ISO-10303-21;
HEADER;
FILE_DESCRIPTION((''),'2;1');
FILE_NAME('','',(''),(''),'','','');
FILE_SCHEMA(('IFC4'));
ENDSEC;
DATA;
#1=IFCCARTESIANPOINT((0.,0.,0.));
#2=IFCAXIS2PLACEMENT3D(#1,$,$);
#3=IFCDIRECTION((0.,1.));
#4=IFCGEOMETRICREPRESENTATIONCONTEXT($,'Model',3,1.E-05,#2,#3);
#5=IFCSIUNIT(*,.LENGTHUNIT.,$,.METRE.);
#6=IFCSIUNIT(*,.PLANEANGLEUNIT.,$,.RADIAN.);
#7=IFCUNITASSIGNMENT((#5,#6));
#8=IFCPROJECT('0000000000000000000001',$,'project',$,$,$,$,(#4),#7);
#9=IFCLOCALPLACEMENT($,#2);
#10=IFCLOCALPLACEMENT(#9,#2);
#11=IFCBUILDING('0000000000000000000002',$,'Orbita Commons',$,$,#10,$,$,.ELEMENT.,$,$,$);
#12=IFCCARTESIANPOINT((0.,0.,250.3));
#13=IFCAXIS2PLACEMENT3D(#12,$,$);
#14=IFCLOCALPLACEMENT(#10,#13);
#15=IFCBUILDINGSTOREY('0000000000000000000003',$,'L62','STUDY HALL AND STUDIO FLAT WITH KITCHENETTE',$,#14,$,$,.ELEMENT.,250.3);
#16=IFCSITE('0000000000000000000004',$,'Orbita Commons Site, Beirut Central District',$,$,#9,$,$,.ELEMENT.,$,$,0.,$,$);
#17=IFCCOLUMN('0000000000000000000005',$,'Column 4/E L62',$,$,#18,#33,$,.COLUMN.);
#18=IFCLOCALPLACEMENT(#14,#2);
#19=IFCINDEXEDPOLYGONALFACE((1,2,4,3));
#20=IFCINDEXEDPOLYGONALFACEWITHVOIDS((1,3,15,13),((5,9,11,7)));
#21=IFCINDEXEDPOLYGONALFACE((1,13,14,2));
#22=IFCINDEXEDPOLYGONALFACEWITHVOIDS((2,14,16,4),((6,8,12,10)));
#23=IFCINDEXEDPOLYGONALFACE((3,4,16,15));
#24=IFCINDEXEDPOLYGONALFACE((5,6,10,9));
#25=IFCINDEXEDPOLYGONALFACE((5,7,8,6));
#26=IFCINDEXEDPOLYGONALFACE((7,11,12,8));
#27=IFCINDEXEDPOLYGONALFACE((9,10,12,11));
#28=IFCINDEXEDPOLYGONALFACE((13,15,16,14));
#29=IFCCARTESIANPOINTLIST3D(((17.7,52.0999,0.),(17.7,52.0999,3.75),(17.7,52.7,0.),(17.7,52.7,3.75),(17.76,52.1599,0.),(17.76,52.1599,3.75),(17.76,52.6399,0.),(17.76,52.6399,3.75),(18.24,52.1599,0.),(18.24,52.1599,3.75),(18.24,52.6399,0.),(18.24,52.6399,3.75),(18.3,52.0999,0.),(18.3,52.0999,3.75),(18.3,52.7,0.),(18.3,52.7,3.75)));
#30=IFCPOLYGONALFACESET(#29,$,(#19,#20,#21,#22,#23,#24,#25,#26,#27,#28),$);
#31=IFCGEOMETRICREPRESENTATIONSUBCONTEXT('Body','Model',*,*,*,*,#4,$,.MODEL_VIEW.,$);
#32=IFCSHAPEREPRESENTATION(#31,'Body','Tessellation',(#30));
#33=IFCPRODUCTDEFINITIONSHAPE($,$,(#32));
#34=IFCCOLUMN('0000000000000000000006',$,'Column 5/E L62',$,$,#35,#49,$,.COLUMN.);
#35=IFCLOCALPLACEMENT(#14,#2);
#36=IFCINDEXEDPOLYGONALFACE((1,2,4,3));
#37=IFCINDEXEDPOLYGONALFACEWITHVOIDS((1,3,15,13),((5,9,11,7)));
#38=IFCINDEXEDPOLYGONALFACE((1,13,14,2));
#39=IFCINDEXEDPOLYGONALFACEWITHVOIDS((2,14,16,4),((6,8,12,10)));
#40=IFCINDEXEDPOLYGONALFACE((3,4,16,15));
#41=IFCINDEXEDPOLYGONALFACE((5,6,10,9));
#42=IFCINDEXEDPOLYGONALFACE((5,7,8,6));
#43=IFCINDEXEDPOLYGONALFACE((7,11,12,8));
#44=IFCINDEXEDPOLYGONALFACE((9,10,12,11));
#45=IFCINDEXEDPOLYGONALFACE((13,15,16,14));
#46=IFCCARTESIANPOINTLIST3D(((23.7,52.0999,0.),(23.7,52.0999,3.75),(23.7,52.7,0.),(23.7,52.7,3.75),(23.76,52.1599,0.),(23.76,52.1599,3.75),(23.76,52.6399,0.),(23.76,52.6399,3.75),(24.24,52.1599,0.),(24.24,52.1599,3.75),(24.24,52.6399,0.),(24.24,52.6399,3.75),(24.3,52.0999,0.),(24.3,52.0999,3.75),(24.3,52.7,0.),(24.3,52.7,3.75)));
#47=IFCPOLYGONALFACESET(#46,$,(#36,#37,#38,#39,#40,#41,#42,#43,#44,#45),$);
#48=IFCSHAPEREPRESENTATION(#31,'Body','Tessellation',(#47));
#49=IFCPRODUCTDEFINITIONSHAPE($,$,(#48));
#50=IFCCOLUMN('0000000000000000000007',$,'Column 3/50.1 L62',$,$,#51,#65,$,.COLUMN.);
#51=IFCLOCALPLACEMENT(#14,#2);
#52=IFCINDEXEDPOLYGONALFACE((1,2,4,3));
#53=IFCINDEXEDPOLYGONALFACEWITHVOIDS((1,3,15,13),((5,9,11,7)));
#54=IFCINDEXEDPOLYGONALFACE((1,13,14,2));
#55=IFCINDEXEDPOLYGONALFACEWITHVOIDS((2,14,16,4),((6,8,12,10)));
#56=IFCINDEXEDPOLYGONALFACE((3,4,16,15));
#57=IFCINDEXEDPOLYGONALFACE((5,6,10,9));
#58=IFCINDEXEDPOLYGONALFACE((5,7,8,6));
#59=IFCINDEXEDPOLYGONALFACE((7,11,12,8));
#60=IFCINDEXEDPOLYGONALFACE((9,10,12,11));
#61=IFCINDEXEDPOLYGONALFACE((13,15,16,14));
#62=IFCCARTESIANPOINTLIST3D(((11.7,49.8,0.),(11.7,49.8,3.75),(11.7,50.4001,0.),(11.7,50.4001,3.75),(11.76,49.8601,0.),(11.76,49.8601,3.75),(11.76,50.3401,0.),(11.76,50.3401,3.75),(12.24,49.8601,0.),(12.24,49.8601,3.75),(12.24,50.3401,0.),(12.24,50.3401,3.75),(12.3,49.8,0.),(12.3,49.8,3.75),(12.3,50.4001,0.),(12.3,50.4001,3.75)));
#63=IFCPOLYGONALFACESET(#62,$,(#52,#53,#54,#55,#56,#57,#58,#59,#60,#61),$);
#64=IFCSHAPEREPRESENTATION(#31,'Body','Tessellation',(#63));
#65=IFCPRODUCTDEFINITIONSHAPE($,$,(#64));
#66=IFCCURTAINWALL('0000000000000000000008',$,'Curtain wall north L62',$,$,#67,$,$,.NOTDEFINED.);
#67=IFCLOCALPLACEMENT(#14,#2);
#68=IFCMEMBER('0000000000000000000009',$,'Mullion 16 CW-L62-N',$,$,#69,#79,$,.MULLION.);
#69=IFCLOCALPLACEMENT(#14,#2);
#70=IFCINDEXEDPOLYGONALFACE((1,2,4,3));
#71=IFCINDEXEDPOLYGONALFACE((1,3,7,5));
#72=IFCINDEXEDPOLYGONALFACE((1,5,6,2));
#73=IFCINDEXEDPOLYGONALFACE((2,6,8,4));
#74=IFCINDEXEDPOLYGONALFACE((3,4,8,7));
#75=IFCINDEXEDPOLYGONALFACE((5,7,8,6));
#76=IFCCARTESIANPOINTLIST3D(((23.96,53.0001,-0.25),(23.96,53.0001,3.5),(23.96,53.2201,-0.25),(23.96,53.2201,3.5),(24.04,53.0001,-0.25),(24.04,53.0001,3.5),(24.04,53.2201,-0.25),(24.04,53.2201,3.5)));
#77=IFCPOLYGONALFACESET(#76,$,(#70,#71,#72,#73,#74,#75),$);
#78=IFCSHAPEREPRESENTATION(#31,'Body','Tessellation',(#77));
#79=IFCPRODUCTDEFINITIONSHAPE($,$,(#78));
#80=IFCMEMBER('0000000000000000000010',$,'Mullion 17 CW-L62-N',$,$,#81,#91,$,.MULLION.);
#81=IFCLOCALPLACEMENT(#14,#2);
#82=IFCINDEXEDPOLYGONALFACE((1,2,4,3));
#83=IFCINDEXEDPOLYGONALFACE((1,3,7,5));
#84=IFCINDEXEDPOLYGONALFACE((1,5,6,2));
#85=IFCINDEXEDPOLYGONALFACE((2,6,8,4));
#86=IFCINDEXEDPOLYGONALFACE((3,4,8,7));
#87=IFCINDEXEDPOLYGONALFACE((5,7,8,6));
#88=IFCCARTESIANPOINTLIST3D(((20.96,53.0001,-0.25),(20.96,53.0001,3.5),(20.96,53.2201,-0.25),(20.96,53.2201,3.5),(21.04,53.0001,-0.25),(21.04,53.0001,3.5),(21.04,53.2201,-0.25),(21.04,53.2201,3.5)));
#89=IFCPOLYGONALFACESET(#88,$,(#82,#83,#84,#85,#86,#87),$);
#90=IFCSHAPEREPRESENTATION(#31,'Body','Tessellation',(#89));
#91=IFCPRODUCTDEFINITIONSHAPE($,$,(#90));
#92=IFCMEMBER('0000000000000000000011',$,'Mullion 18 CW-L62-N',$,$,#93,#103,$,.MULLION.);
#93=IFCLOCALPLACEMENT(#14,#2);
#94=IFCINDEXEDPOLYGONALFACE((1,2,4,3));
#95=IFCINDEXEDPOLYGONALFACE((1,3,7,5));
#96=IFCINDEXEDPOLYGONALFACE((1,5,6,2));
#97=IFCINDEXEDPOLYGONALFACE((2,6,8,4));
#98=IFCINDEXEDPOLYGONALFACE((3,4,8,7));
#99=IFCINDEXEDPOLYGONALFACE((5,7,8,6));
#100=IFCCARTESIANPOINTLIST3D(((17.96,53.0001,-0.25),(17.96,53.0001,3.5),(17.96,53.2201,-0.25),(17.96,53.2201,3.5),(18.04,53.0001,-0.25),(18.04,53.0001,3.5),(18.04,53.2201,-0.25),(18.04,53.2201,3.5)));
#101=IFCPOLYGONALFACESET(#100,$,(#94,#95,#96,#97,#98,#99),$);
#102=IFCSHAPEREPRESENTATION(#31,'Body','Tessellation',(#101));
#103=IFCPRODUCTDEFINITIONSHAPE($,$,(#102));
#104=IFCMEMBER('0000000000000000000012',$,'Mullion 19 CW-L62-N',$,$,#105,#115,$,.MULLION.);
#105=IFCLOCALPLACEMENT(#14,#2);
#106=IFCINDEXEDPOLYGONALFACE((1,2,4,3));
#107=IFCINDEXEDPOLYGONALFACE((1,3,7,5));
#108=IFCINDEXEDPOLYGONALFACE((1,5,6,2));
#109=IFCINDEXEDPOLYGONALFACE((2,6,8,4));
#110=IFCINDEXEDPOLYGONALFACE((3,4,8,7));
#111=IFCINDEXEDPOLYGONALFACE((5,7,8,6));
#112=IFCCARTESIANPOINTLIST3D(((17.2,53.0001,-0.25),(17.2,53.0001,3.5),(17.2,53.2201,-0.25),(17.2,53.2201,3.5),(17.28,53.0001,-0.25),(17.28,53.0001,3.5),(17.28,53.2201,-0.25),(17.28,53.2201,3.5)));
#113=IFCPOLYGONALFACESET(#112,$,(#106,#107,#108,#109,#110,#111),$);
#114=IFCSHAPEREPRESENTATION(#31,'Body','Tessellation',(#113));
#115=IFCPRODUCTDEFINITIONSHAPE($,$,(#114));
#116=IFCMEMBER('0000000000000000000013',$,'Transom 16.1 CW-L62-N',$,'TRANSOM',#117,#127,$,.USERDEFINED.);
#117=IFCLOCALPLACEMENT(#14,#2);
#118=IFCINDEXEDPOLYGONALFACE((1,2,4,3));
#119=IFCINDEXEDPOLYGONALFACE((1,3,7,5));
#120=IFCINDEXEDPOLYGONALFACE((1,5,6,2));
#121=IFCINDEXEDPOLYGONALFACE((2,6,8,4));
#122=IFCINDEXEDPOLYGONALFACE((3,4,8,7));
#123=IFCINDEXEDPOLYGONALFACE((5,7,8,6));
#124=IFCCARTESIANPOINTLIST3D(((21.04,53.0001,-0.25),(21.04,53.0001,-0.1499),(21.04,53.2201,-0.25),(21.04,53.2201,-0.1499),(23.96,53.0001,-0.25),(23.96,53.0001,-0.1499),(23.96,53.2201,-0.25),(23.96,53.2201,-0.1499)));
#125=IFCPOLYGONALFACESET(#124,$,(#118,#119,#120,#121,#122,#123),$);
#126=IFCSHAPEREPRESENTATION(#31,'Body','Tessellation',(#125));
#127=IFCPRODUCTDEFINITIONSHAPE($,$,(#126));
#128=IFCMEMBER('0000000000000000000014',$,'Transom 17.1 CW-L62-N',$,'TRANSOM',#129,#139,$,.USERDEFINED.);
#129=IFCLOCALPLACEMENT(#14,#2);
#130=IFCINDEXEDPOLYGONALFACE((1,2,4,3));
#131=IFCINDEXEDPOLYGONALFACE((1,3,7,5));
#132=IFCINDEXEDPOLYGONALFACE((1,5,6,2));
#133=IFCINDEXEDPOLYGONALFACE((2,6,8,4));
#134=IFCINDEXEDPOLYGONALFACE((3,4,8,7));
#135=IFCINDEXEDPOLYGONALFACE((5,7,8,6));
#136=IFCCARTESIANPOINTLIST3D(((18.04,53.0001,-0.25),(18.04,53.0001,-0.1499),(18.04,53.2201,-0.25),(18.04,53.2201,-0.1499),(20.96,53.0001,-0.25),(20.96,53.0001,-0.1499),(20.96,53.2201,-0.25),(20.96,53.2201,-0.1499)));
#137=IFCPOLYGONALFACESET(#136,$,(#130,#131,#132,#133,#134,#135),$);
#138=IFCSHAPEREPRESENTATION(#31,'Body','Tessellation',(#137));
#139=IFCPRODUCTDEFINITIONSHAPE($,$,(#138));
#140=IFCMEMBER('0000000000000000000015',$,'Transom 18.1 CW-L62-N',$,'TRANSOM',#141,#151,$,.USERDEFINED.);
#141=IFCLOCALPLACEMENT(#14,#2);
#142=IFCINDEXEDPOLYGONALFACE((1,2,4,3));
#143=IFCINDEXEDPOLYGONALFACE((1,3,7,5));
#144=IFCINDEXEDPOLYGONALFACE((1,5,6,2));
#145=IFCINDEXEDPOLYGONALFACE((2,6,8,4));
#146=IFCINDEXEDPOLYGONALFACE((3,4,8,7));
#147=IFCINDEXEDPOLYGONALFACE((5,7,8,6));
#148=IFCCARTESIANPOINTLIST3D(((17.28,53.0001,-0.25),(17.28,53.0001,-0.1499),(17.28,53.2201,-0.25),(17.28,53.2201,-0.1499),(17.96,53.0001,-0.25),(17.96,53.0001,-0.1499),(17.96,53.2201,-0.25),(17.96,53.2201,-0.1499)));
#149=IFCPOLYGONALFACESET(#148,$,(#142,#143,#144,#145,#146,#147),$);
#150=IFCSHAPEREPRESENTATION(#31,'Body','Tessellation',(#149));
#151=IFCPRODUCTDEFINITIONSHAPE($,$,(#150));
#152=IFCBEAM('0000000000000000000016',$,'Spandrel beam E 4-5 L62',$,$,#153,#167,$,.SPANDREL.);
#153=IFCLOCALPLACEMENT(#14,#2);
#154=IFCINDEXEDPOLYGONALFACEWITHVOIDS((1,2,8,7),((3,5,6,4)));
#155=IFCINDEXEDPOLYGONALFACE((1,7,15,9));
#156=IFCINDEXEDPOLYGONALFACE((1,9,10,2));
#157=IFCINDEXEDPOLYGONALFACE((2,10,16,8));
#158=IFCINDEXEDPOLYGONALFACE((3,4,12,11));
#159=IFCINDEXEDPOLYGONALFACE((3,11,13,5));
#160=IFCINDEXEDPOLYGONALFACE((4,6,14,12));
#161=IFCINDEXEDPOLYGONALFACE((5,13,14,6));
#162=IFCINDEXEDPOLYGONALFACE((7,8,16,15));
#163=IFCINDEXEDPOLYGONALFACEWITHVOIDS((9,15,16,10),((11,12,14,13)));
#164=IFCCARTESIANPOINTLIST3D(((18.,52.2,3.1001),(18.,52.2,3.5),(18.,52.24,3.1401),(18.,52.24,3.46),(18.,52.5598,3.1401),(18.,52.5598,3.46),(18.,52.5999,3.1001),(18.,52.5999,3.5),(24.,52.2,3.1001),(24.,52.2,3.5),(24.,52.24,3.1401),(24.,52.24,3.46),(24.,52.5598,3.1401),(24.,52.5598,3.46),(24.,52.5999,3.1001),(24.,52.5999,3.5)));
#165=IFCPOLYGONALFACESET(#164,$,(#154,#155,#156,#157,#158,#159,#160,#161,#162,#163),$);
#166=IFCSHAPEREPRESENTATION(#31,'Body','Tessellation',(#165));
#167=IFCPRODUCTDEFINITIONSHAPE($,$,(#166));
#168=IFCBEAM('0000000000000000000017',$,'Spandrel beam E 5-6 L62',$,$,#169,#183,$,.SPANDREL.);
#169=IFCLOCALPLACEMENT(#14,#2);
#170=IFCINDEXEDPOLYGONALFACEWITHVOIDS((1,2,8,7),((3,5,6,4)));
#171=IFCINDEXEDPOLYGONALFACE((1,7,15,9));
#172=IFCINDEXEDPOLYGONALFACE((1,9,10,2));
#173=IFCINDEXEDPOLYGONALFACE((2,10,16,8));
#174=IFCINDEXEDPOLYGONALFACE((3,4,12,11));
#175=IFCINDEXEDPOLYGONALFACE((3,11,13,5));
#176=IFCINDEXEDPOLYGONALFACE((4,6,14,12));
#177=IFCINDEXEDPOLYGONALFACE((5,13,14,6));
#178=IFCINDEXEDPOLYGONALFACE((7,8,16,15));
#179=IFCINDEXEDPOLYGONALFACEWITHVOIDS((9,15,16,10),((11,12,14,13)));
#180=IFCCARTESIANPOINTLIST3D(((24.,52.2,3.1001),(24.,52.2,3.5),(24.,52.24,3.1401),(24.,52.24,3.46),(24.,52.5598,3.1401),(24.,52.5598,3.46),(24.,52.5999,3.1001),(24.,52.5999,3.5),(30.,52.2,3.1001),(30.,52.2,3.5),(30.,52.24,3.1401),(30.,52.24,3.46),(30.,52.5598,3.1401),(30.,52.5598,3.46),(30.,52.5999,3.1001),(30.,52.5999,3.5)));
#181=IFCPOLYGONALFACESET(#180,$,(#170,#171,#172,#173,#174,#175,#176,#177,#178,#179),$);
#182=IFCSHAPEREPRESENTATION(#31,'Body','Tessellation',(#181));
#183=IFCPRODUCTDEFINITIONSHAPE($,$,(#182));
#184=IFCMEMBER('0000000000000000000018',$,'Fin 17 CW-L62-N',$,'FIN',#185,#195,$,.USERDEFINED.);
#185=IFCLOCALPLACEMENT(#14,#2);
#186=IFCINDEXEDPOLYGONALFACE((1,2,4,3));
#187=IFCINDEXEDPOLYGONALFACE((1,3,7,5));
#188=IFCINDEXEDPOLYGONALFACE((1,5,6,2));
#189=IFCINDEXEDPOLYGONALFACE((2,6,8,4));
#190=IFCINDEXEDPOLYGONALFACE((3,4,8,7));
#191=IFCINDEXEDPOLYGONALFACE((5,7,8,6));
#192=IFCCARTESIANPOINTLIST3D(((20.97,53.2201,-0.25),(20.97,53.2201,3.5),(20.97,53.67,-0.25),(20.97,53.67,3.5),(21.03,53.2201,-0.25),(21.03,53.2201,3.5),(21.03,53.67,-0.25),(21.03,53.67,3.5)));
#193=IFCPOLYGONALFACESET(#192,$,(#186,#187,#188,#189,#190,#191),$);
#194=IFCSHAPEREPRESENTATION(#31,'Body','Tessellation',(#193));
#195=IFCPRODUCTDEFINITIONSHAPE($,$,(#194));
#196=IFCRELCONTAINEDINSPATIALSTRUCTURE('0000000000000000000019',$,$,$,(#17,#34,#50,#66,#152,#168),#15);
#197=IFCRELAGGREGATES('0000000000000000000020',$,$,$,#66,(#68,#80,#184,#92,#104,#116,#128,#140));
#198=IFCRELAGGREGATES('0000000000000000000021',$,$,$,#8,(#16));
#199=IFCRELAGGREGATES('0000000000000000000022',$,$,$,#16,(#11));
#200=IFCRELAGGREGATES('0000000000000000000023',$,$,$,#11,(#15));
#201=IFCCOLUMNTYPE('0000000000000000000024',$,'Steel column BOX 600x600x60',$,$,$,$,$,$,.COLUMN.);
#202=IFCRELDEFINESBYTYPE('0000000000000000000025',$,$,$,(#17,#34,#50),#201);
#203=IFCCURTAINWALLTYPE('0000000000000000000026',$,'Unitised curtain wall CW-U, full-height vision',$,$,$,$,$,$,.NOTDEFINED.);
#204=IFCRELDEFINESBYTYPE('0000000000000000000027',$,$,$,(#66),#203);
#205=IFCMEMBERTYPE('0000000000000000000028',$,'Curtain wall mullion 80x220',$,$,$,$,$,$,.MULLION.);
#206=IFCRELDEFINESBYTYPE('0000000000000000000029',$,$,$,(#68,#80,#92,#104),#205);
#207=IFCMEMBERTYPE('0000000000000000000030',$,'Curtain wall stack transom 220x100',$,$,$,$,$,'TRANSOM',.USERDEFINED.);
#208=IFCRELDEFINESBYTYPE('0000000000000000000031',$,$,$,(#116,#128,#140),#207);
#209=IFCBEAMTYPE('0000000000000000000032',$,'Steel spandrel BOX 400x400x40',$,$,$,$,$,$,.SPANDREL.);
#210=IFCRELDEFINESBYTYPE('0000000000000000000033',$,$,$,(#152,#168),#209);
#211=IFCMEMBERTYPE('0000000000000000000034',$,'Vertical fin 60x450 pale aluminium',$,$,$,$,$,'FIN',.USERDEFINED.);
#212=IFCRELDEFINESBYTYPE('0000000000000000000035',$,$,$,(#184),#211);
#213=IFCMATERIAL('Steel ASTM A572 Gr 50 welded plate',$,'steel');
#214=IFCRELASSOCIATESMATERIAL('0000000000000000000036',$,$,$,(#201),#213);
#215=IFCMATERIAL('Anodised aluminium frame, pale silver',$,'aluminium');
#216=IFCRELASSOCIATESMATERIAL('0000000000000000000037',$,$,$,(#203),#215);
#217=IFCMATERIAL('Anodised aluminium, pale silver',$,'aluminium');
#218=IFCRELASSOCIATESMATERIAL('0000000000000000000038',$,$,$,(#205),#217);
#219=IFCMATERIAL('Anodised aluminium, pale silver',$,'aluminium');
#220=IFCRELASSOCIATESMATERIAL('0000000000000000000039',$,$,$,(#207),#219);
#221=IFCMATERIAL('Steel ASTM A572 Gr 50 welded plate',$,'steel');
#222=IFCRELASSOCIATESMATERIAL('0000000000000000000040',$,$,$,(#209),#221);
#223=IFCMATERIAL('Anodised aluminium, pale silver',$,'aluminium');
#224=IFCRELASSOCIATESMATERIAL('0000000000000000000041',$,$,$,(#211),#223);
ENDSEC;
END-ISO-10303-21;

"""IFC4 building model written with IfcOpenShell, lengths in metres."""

from ifc_helpers import new_model, si_unit, direction, frame, origin, origin_2d, place, context, subcontext, project, spatial, rectangle, hollow_rectangle, extrude, material, material_profile, profile_set, type_object, element, aggregate, save


model = new_model("IFC4")

# Units and contexts
model_context = context("Model", 3, precision=1e-05, world=origin(), true_north=direction((0.0, 1.0)))
body_context = subcontext(model_context, "Body", "Model", "MODEL_VIEW")
ifc_project = project(units=[si_unit("LENGTHUNIT", "METRE"), si_unit("PLANEANGLEUNIT", "RADIAN")], contexts=[model_context])

# Site, building, storey
site_placement = place(None, origin())
site = spatial("IfcSite", under=ifc_project, at=site_placement, Name="Orbita Commons Site, Beirut Central District", CompositionType="ELEMENT", RefElevation=0.0)
building_placement = place(site_placement, origin())
building = spatial("IfcBuilding", under=site, at=building_placement, Name="Orbita Commons", CompositionType="ELEMENT")
storey_placement = place(building_placement, frame((0.0, 0.0, 250.3)))
storey = spatial("IfcBuildingStorey", under=building, at=storey_placement, Name="L62", Description="STUDY HALL AND STUDIO FLAT WITH KITCHENETTE", CompositionType="ELEMENT", Elevation=250.3)

# Columns
ifc_material_1 = material(Name="Steel ASTM A572 Gr 50 welded plate", Category="steel")
ifc_material_profile_1 = material_profile(ifc_material_1, hollow_rectangle(XDim=0.6001, YDim=0.6001, WallThickness=0.0601, at=origin_2d()), Name="BOX 600x600x60")
ifc_profile_set_1 = profile_set([ifc_material_profile_1], Name="Steel ASTM A572 Gr 50 welded plate")
column_type = type_object("IfcColumnType", Name="Steel column BOX 600x600x60", PredefinedType="COLUMN", material=ifc_profile_set_1)
for number, where, z_axis, x_axis, name in (
    (1, (18.0, 52.3999, 0.0), (0.0, 0.0, 1.0), (1.0, 0.0, 0.0), "Column 4/E L62"),
    (2, (24.0, 52.3999, 0.0), (0.0, 0.0, 1.0), (1.0, 0.0, 0.0), "Column 5/E L62"),
    (3, (12.0, 50.1001, 0.0), (0.0, 0.0, 1.0), (1.0, 0.0, 0.0), "Column 3/50.1 L62"),
):
    element("IfcColumn", number, at=place(storey_placement, frame(where, z_axis=z_axis, x_axis=x_axis)), inside=storey, type_object=column_type, Name=name, PredefinedType="COLUMN", context=body_context, shape_type="SweptSolid", body=[
        extrude(hollow_rectangle(XDim=0.6001, YDim=0.6001, WallThickness=0.0601, at=origin_2d()), origin(), (0.0, 0.0, 1.0), 3.75),
    ])

# Curtain wall, members
ifc_material_2 = material(Name="Anodised aluminium frame, pale silver", Category="aluminium")
curtain_wall_type = type_object("IfcCurtainWallType", Name="Unitised curtain wall CW-U, full-height vision", PredefinedType="NOTDEFINED", material=ifc_material_2)
curtain_wall_placement = place(storey_placement, origin())
curtain_wall = element("IfcCurtainWall", 4, at=curtain_wall_placement, inside=storey, type_object=curtain_wall_type, Name="Curtain wall north L62", PredefinedType="NOTDEFINED")
ifc_material_3 = material(Name="Anodised aluminium, pale silver", Category="aluminium")
ifc_material_profile_2 = material_profile(ifc_material_3, rectangle(XDim=0.0801, YDim=0.22, at=origin_2d()), Name="AL 80x220")
ifc_profile_set_2 = profile_set([ifc_material_profile_2], Name="Anodised aluminium, pale silver")
member_type_1 = type_object("IfcMemberType", Name="Curtain wall mullion 80x220", PredefinedType="MULLION", material=ifc_profile_set_2)
member_1_placement = place(storey_placement, frame((24.0, 53.1101, -0.25), z_axis=(0.0, 0.0, 1.0), x_axis=(-1.0, 0.0, 0.0)))
member_1 = element("IfcMember", 5, at=member_1_placement, type_object=member_type_1, Name="Mullion 16 CW-L62-N", PredefinedType="MULLION", context=body_context, shape_type="SweptSolid", body=[
    extrude(rectangle(XDim=0.0801, YDim=0.22, at=origin_2d()), origin(), (0.0, 0.0, 1.0), 3.75),
])
member_2_placement = place(storey_placement, frame((21.0, 53.1101, -0.25), z_axis=(0.0, 0.0, 1.0), x_axis=(-1.0, 0.0, 0.0)))
member_2 = element("IfcMember", 6, at=member_2_placement, type_object=member_type_1, Name="Mullion 17 CW-L62-N", PredefinedType="MULLION", context=body_context, shape_type="SweptSolid", body=[
    extrude(rectangle(XDim=0.0801, YDim=0.22, at=origin_2d()), origin(), (0.0, 0.0, 1.0), 3.75),
])
member_3_placement = place(storey_placement, frame((18.0, 53.1101, -0.25), z_axis=(0.0, 0.0, 1.0), x_axis=(-1.0, 0.0, 0.0)))
member_3 = element("IfcMember", 7, at=member_3_placement, type_object=member_type_1, Name="Mullion 18 CW-L62-N", PredefinedType="MULLION", context=body_context, shape_type="SweptSolid", body=[
    extrude(rectangle(XDim=0.0801, YDim=0.22, at=origin_2d()), origin(), (0.0, 0.0, 1.0), 3.75),
])
member_4_placement = place(storey_placement, frame((17.24, 53.1101, -0.25), z_axis=(0.0, 0.0, 1.0), x_axis=(-1.0, 0.0, 0.0)))
member_4 = element("IfcMember", 8, at=member_4_placement, type_object=member_type_1, Name="Mullion 19 CW-L62-N", PredefinedType="MULLION", context=body_context, shape_type="SweptSolid", body=[
    extrude(rectangle(XDim=0.0801, YDim=0.22, at=origin_2d()), origin(), (0.0, 0.0, 1.0), 3.75),
])
ifc_material_4 = material(Name="Anodised aluminium, pale silver", Category="aluminium")
ifc_material_profile_3 = material_profile(ifc_material_4, rectangle(XDim=0.22, YDim=0.1001, at=origin_2d()), Name="AL 220x100")
ifc_profile_set_3 = profile_set([ifc_material_profile_3], Name="Anodised aluminium, pale silver")
member_type_2 = type_object("IfcMemberType", Name="Curtain wall stack transom 220x100", ElementType="TRANSOM", PredefinedType="USERDEFINED", material=ifc_profile_set_3)
member_5_placement = place(storey_placement, frame((23.96, 53.1101, -0.2), z_axis=(-1.0, 0.0, 0.0), x_axis=(0.0, -1.0, 0.0)))
member_5 = element("IfcMember", 9, at=member_5_placement, type_object=member_type_2, Name="Transom 16.1 CW-L62-N", ObjectType="TRANSOM", PredefinedType="USERDEFINED", context=body_context, shape_type="SweptSolid", body=[
    extrude(rectangle(XDim=0.22, YDim=0.1001, at=origin_2d()), origin(), (0.0, 0.0, 1.0), 2.9199),
])
member_6_placement = place(storey_placement, frame((20.96, 53.1101, -0.2), z_axis=(-1.0, 0.0, 0.0), x_axis=(0.0, -1.0, 0.0)))
member_6 = element("IfcMember", 10, at=member_6_placement, type_object=member_type_2, Name="Transom 17.1 CW-L62-N", ObjectType="TRANSOM", PredefinedType="USERDEFINED", context=body_context, shape_type="SweptSolid", body=[
    extrude(rectangle(XDim=0.22, YDim=0.1001, at=origin_2d()), origin(), (0.0, 0.0, 1.0), 2.9199),
])
member_7_placement = place(storey_placement, frame((17.96, 53.1101, -0.2), z_axis=(-1.0, 0.0, 0.0), x_axis=(0.0, -1.0, 0.0)))
member_7 = element("IfcMember", 11, at=member_7_placement, type_object=member_type_2, Name="Transom 18.1 CW-L62-N", ObjectType="TRANSOM", PredefinedType="USERDEFINED", context=body_context, shape_type="SweptSolid", body=[
    extrude(rectangle(XDim=0.22, YDim=0.1001, at=origin_2d()), origin(), (0.0, 0.0, 1.0), 0.6799),
])

# Beams
ifc_material_5 = material(Name="Steel ASTM A572 Gr 50 welded plate", Category="steel")
ifc_material_profile_4 = material_profile(ifc_material_5, hollow_rectangle(XDim=0.3999, YDim=0.3999, WallThickness=0.04, at=origin_2d()), Name="BOX 400x400x40")
ifc_profile_set_4 = profile_set([ifc_material_profile_4], Name="Steel ASTM A572 Gr 50 welded plate")
beam_type = type_object("IfcBeamType", Name="Steel spandrel BOX 400x400x40", PredefinedType="SPANDREL", material=ifc_profile_set_4)
for number, where, z_axis, x_axis, name in (
    (12, (18.0, 52.3999, 3.3), (1.0, 0.0, 0.0), (0.0, 1.0, 0.0), "Spandrel beam E 4-5 L62"),
    (13, (24.0, 52.3999, 3.3), (1.0, 0.0, 0.0), (0.0, 1.0, 0.0), "Spandrel beam E 5-6 L62"),
):
    element("IfcBeam", number, at=place(storey_placement, frame(where, z_axis=z_axis, x_axis=x_axis)), inside=storey, type_object=beam_type, Name=name, PredefinedType="SPANDREL", context=body_context, shape_type="SweptSolid", body=[
        extrude(hollow_rectangle(XDim=0.3999, YDim=0.3999, WallThickness=0.04, at=origin_2d()), origin(), (0.0, 0.0, 1.0), 6.0),
    ])

# Member
ifc_material_6 = material(Name="Anodised aluminium, pale silver", Category="aluminium")
ifc_material_profile_5 = material_profile(ifc_material_6, rectangle(XDim=0.0601, YDim=0.45, at=origin_2d()), Name="FIN 60x450")
ifc_profile_set_5 = profile_set([ifc_material_profile_5], Name="Anodised aluminium, pale silver")
member_type_3 = type_object("IfcMemberType", Name="Vertical fin 60x450 pale aluminium", ElementType="FIN", PredefinedType="USERDEFINED", material=ifc_profile_set_5)
member_8_placement = place(storey_placement, frame((21.0, 53.4451, -0.25), z_axis=(0.0, 0.0, 1.0), x_axis=(-1.0, 0.0, 0.0)))
member_8 = element("IfcMember", 14, at=member_8_placement, type_object=member_type_3, Name="Fin 17 CW-L62-N", ObjectType="FIN", PredefinedType="USERDEFINED", context=body_context, shape_type="SweptSolid", body=[
    extrude(rectangle(XDim=0.0601, YDim=0.45, at=origin_2d()), origin(), (0.0, 0.0, 1.0), 3.75),
])

aggregate(curtain_wall, [member_1, member_2, member_8, member_3, member_4, member_5, member_6, member_7])

save(model, "model.ifc")
